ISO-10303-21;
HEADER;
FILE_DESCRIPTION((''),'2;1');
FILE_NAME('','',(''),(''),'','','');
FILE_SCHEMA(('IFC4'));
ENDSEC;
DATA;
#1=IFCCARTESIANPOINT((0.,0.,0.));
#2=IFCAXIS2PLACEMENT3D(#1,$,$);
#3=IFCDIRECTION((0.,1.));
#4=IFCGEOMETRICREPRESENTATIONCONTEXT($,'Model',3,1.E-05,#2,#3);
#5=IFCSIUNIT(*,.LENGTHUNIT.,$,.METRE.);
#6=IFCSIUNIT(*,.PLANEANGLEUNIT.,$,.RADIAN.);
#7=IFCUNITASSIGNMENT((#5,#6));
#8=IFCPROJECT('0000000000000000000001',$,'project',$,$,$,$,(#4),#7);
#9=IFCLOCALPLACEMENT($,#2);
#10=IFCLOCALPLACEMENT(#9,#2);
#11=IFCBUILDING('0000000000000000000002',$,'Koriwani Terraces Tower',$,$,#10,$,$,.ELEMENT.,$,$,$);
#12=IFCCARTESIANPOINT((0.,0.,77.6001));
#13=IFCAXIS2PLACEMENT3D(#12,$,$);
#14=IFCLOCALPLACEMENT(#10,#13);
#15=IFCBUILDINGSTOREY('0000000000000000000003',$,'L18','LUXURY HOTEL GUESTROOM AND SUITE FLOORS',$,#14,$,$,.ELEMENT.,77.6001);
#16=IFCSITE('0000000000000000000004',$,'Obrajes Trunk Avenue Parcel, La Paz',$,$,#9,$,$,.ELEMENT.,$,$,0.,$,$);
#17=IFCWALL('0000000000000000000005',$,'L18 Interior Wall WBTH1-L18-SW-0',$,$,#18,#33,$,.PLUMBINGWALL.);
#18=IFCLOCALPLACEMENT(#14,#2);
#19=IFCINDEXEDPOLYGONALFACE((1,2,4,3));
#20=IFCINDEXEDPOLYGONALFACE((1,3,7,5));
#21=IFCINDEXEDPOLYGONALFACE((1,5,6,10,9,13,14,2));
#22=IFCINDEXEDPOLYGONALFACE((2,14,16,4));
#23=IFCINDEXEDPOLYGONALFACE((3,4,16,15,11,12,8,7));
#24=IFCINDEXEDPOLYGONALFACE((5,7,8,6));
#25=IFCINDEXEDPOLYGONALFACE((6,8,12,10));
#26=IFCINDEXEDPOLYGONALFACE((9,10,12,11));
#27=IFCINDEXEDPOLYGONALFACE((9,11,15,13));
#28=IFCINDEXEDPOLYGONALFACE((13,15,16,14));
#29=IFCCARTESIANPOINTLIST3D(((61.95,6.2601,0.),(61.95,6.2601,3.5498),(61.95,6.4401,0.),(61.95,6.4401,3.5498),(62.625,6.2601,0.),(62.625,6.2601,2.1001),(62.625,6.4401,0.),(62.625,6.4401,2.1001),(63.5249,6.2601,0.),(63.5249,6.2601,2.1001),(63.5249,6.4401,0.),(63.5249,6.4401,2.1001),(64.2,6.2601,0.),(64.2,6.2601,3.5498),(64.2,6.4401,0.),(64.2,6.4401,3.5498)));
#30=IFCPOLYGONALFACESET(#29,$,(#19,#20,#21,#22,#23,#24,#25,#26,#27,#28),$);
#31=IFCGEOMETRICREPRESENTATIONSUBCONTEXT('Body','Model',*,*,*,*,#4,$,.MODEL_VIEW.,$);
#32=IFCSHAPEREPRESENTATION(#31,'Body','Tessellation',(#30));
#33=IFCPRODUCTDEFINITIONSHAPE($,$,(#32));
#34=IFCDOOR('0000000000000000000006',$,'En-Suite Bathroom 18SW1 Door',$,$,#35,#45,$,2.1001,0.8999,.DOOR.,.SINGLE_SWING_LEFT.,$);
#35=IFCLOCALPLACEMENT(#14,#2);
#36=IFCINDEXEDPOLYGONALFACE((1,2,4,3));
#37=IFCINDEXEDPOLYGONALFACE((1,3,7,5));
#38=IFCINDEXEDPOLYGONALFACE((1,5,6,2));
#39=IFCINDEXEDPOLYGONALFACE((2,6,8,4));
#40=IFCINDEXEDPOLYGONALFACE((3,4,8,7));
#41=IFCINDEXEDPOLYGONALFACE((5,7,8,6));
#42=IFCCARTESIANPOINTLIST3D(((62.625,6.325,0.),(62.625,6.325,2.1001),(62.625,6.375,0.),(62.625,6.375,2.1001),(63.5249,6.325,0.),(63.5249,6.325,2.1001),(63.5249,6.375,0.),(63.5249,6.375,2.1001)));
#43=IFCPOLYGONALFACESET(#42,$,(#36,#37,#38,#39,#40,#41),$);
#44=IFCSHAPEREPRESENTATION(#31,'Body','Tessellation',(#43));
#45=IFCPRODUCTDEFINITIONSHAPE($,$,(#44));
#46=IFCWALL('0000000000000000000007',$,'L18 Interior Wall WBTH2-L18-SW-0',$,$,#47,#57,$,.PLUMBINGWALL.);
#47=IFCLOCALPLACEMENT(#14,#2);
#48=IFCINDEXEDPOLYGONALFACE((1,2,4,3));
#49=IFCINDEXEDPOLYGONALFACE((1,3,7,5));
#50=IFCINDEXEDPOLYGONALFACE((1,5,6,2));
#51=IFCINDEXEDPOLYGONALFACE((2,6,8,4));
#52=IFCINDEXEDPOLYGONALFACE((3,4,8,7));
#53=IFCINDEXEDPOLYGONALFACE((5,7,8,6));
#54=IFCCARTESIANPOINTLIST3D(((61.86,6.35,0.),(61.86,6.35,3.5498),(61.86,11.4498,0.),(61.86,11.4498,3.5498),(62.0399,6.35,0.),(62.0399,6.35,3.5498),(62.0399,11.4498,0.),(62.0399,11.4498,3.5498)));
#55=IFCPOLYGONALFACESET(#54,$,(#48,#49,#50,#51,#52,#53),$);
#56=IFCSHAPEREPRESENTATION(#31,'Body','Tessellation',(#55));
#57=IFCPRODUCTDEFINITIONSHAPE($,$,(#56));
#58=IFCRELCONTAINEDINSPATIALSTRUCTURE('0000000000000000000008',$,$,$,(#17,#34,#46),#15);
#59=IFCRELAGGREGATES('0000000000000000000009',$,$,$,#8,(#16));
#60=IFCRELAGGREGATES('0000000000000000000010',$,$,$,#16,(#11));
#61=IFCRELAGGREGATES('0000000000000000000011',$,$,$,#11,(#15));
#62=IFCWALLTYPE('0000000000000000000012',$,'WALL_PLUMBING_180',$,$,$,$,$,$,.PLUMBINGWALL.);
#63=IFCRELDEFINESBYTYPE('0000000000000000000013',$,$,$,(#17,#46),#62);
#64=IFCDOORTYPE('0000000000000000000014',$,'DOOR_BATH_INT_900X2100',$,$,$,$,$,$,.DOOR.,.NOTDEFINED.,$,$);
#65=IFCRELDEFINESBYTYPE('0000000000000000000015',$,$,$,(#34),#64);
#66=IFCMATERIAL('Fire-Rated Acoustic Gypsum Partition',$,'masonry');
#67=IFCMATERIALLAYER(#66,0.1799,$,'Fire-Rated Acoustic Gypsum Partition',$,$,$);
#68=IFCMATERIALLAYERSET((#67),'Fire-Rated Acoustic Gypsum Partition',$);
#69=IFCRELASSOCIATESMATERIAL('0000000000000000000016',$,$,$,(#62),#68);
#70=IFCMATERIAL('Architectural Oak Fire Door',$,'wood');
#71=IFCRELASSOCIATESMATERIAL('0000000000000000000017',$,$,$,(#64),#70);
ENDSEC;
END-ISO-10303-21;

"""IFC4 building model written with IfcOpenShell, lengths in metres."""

from ifc_helpers import new_model, si_unit, direction, frame, frame_2d, origin, place, context, subcontext, project, spatial, rectangle, extrude, material, layer, layer_set, type_object, element, fill, save


model = new_model("IFC4")

# Units and contexts
model_context = context("Model", 3, precision=1e-05, world=origin(), true_north=direction((0.0, 1.0)))
body_context = subcontext(model_context, "Body", "Model", "MODEL_VIEW")
ifc_project = project(units=[si_unit("LENGTHUNIT", "METRE"), si_unit("PLANEANGLEUNIT", "RADIAN")], contexts=[model_context])

# Site, building, storey
site_placement = place(None, origin())
site = spatial("IfcSite", under=ifc_project, at=site_placement, Name="Obrajes Trunk Avenue Parcel, La Paz", CompositionType="ELEMENT", RefElevation=0.0)
building_placement = place(site_placement, origin())
building = spatial("IfcBuilding", under=site, at=building_placement, Name="Koriwani Terraces Tower", CompositionType="ELEMENT")
storey_placement = place(building_placement, frame((0.0, 0.0, 77.6001)))
storey = spatial("IfcBuildingStorey", under=building, at=storey_placement, Name="L18", Description="LUXURY HOTEL GUESTROOM AND SUITE FLOORS", CompositionType="ELEMENT", Elevation=77.6001)

# Wall, opening, door
ifc_material_1 = material(Name="Fire-Rated Acoustic Gypsum Partition", Category="masonry")
ifc_layer_1 = layer(ifc_material_1, 0.1799, Name="Fire-Rated Acoustic Gypsum Partition")
ifc_layer_set_1 = layer_set([ifc_layer_1], Name="Fire-Rated Acoustic Gypsum Partition")
wall_type_1 = type_object("IfcWallType", Name="WALL_PLUMBING_180", PredefinedType="PLUMBINGWALL", material=ifc_layer_set_1)
wall_1_placement = place(storey_placement, frame((61.95, 6.3501, 0.0), z_axis=(0.0, 0.0, 1.0), x_axis=(1.0, 0.0, 0.0)))
wall_1 = element("IfcWall", 1, at=wall_1_placement, inside=storey, type_object=wall_type_1, Name="L18 Interior Wall WBTH1-L18-SW-0", PredefinedType="PLUMBINGWALL", context=body_context, shape_type="SweptSolid", body=[
    extrude(rectangle(XDim=2.25, YDim=0.1799, at=frame_2d((1.125, 0.0))), origin(), (0.0, 0.0, 1.0), 3.5498),
])
opening_placement = place(wall_1_placement, frame((0.675, 0.0, 0.0)))
opening = element("IfcOpeningElement", 2, at=opening_placement, cuts=wall_1, PredefinedType="OPENING", context=body_context, shape_type="SweptSolid", body=[
    extrude(rectangle(XDim=0.8999, YDim=2.1001, at=frame_2d((0.45, 1.05))), frame((0.0, 0.1001, 0.0), z_axis=(0.0, -1.0, 0.0), x_axis=(1.0, 0.0, 0.0)), (0.0, 0.0, 1.0), 0.2),
])
ifc_material_2 = material(Name="Architectural Oak Fire Door", Category="wood")
door_type = type_object("IfcDoorType", Name="DOOR_BATH_INT_900X2100", OperationType="NOTDEFINED", PredefinedType="DOOR", material=ifc_material_2)
door_placement = place(opening_placement, origin())
door = element("IfcDoor", 3, at=door_placement, inside=storey, type_object=door_type, Name="En-Suite Bathroom 18SW1 Door", OperationType="SINGLE_SWING_LEFT", OverallHeight=2.1001, OverallWidth=0.8999, PredefinedType="DOOR", context=body_context, shape_type="SweptSolid", body=[
    extrude(rectangle(XDim=0.8999, YDim=2.1001, at=frame_2d((0.45, 1.05))), frame((0.0, 0.0249, 0.0), z_axis=(0.0, -1.0, 0.0), x_axis=(1.0, 0.0, 0.0)), (0.0, 0.0, 1.0), 0.05),
])
fill(opening, door)

# Wall
wall_2_placement = place(storey_placement, frame((61.95, 6.3501, 0.0), z_axis=(0.0, 0.0, 1.0), x_axis=(0.0, 1.0, 0.0)))
element("IfcWall", 4, at=wall_2_placement, inside=storey, type_object=wall_type_1, Name="L18 Interior Wall WBTH2-L18-SW-0", PredefinedType="PLUMBINGWALL", context=body_context, shape_type="SweptSolid", body=[
    extrude(rectangle(XDim=5.0999, YDim=0.1799, at=frame_2d((2.5498, 0.0))), origin(), (0.0, 0.0, 1.0), 3.5498),
])

save(model, "model.ifc")
